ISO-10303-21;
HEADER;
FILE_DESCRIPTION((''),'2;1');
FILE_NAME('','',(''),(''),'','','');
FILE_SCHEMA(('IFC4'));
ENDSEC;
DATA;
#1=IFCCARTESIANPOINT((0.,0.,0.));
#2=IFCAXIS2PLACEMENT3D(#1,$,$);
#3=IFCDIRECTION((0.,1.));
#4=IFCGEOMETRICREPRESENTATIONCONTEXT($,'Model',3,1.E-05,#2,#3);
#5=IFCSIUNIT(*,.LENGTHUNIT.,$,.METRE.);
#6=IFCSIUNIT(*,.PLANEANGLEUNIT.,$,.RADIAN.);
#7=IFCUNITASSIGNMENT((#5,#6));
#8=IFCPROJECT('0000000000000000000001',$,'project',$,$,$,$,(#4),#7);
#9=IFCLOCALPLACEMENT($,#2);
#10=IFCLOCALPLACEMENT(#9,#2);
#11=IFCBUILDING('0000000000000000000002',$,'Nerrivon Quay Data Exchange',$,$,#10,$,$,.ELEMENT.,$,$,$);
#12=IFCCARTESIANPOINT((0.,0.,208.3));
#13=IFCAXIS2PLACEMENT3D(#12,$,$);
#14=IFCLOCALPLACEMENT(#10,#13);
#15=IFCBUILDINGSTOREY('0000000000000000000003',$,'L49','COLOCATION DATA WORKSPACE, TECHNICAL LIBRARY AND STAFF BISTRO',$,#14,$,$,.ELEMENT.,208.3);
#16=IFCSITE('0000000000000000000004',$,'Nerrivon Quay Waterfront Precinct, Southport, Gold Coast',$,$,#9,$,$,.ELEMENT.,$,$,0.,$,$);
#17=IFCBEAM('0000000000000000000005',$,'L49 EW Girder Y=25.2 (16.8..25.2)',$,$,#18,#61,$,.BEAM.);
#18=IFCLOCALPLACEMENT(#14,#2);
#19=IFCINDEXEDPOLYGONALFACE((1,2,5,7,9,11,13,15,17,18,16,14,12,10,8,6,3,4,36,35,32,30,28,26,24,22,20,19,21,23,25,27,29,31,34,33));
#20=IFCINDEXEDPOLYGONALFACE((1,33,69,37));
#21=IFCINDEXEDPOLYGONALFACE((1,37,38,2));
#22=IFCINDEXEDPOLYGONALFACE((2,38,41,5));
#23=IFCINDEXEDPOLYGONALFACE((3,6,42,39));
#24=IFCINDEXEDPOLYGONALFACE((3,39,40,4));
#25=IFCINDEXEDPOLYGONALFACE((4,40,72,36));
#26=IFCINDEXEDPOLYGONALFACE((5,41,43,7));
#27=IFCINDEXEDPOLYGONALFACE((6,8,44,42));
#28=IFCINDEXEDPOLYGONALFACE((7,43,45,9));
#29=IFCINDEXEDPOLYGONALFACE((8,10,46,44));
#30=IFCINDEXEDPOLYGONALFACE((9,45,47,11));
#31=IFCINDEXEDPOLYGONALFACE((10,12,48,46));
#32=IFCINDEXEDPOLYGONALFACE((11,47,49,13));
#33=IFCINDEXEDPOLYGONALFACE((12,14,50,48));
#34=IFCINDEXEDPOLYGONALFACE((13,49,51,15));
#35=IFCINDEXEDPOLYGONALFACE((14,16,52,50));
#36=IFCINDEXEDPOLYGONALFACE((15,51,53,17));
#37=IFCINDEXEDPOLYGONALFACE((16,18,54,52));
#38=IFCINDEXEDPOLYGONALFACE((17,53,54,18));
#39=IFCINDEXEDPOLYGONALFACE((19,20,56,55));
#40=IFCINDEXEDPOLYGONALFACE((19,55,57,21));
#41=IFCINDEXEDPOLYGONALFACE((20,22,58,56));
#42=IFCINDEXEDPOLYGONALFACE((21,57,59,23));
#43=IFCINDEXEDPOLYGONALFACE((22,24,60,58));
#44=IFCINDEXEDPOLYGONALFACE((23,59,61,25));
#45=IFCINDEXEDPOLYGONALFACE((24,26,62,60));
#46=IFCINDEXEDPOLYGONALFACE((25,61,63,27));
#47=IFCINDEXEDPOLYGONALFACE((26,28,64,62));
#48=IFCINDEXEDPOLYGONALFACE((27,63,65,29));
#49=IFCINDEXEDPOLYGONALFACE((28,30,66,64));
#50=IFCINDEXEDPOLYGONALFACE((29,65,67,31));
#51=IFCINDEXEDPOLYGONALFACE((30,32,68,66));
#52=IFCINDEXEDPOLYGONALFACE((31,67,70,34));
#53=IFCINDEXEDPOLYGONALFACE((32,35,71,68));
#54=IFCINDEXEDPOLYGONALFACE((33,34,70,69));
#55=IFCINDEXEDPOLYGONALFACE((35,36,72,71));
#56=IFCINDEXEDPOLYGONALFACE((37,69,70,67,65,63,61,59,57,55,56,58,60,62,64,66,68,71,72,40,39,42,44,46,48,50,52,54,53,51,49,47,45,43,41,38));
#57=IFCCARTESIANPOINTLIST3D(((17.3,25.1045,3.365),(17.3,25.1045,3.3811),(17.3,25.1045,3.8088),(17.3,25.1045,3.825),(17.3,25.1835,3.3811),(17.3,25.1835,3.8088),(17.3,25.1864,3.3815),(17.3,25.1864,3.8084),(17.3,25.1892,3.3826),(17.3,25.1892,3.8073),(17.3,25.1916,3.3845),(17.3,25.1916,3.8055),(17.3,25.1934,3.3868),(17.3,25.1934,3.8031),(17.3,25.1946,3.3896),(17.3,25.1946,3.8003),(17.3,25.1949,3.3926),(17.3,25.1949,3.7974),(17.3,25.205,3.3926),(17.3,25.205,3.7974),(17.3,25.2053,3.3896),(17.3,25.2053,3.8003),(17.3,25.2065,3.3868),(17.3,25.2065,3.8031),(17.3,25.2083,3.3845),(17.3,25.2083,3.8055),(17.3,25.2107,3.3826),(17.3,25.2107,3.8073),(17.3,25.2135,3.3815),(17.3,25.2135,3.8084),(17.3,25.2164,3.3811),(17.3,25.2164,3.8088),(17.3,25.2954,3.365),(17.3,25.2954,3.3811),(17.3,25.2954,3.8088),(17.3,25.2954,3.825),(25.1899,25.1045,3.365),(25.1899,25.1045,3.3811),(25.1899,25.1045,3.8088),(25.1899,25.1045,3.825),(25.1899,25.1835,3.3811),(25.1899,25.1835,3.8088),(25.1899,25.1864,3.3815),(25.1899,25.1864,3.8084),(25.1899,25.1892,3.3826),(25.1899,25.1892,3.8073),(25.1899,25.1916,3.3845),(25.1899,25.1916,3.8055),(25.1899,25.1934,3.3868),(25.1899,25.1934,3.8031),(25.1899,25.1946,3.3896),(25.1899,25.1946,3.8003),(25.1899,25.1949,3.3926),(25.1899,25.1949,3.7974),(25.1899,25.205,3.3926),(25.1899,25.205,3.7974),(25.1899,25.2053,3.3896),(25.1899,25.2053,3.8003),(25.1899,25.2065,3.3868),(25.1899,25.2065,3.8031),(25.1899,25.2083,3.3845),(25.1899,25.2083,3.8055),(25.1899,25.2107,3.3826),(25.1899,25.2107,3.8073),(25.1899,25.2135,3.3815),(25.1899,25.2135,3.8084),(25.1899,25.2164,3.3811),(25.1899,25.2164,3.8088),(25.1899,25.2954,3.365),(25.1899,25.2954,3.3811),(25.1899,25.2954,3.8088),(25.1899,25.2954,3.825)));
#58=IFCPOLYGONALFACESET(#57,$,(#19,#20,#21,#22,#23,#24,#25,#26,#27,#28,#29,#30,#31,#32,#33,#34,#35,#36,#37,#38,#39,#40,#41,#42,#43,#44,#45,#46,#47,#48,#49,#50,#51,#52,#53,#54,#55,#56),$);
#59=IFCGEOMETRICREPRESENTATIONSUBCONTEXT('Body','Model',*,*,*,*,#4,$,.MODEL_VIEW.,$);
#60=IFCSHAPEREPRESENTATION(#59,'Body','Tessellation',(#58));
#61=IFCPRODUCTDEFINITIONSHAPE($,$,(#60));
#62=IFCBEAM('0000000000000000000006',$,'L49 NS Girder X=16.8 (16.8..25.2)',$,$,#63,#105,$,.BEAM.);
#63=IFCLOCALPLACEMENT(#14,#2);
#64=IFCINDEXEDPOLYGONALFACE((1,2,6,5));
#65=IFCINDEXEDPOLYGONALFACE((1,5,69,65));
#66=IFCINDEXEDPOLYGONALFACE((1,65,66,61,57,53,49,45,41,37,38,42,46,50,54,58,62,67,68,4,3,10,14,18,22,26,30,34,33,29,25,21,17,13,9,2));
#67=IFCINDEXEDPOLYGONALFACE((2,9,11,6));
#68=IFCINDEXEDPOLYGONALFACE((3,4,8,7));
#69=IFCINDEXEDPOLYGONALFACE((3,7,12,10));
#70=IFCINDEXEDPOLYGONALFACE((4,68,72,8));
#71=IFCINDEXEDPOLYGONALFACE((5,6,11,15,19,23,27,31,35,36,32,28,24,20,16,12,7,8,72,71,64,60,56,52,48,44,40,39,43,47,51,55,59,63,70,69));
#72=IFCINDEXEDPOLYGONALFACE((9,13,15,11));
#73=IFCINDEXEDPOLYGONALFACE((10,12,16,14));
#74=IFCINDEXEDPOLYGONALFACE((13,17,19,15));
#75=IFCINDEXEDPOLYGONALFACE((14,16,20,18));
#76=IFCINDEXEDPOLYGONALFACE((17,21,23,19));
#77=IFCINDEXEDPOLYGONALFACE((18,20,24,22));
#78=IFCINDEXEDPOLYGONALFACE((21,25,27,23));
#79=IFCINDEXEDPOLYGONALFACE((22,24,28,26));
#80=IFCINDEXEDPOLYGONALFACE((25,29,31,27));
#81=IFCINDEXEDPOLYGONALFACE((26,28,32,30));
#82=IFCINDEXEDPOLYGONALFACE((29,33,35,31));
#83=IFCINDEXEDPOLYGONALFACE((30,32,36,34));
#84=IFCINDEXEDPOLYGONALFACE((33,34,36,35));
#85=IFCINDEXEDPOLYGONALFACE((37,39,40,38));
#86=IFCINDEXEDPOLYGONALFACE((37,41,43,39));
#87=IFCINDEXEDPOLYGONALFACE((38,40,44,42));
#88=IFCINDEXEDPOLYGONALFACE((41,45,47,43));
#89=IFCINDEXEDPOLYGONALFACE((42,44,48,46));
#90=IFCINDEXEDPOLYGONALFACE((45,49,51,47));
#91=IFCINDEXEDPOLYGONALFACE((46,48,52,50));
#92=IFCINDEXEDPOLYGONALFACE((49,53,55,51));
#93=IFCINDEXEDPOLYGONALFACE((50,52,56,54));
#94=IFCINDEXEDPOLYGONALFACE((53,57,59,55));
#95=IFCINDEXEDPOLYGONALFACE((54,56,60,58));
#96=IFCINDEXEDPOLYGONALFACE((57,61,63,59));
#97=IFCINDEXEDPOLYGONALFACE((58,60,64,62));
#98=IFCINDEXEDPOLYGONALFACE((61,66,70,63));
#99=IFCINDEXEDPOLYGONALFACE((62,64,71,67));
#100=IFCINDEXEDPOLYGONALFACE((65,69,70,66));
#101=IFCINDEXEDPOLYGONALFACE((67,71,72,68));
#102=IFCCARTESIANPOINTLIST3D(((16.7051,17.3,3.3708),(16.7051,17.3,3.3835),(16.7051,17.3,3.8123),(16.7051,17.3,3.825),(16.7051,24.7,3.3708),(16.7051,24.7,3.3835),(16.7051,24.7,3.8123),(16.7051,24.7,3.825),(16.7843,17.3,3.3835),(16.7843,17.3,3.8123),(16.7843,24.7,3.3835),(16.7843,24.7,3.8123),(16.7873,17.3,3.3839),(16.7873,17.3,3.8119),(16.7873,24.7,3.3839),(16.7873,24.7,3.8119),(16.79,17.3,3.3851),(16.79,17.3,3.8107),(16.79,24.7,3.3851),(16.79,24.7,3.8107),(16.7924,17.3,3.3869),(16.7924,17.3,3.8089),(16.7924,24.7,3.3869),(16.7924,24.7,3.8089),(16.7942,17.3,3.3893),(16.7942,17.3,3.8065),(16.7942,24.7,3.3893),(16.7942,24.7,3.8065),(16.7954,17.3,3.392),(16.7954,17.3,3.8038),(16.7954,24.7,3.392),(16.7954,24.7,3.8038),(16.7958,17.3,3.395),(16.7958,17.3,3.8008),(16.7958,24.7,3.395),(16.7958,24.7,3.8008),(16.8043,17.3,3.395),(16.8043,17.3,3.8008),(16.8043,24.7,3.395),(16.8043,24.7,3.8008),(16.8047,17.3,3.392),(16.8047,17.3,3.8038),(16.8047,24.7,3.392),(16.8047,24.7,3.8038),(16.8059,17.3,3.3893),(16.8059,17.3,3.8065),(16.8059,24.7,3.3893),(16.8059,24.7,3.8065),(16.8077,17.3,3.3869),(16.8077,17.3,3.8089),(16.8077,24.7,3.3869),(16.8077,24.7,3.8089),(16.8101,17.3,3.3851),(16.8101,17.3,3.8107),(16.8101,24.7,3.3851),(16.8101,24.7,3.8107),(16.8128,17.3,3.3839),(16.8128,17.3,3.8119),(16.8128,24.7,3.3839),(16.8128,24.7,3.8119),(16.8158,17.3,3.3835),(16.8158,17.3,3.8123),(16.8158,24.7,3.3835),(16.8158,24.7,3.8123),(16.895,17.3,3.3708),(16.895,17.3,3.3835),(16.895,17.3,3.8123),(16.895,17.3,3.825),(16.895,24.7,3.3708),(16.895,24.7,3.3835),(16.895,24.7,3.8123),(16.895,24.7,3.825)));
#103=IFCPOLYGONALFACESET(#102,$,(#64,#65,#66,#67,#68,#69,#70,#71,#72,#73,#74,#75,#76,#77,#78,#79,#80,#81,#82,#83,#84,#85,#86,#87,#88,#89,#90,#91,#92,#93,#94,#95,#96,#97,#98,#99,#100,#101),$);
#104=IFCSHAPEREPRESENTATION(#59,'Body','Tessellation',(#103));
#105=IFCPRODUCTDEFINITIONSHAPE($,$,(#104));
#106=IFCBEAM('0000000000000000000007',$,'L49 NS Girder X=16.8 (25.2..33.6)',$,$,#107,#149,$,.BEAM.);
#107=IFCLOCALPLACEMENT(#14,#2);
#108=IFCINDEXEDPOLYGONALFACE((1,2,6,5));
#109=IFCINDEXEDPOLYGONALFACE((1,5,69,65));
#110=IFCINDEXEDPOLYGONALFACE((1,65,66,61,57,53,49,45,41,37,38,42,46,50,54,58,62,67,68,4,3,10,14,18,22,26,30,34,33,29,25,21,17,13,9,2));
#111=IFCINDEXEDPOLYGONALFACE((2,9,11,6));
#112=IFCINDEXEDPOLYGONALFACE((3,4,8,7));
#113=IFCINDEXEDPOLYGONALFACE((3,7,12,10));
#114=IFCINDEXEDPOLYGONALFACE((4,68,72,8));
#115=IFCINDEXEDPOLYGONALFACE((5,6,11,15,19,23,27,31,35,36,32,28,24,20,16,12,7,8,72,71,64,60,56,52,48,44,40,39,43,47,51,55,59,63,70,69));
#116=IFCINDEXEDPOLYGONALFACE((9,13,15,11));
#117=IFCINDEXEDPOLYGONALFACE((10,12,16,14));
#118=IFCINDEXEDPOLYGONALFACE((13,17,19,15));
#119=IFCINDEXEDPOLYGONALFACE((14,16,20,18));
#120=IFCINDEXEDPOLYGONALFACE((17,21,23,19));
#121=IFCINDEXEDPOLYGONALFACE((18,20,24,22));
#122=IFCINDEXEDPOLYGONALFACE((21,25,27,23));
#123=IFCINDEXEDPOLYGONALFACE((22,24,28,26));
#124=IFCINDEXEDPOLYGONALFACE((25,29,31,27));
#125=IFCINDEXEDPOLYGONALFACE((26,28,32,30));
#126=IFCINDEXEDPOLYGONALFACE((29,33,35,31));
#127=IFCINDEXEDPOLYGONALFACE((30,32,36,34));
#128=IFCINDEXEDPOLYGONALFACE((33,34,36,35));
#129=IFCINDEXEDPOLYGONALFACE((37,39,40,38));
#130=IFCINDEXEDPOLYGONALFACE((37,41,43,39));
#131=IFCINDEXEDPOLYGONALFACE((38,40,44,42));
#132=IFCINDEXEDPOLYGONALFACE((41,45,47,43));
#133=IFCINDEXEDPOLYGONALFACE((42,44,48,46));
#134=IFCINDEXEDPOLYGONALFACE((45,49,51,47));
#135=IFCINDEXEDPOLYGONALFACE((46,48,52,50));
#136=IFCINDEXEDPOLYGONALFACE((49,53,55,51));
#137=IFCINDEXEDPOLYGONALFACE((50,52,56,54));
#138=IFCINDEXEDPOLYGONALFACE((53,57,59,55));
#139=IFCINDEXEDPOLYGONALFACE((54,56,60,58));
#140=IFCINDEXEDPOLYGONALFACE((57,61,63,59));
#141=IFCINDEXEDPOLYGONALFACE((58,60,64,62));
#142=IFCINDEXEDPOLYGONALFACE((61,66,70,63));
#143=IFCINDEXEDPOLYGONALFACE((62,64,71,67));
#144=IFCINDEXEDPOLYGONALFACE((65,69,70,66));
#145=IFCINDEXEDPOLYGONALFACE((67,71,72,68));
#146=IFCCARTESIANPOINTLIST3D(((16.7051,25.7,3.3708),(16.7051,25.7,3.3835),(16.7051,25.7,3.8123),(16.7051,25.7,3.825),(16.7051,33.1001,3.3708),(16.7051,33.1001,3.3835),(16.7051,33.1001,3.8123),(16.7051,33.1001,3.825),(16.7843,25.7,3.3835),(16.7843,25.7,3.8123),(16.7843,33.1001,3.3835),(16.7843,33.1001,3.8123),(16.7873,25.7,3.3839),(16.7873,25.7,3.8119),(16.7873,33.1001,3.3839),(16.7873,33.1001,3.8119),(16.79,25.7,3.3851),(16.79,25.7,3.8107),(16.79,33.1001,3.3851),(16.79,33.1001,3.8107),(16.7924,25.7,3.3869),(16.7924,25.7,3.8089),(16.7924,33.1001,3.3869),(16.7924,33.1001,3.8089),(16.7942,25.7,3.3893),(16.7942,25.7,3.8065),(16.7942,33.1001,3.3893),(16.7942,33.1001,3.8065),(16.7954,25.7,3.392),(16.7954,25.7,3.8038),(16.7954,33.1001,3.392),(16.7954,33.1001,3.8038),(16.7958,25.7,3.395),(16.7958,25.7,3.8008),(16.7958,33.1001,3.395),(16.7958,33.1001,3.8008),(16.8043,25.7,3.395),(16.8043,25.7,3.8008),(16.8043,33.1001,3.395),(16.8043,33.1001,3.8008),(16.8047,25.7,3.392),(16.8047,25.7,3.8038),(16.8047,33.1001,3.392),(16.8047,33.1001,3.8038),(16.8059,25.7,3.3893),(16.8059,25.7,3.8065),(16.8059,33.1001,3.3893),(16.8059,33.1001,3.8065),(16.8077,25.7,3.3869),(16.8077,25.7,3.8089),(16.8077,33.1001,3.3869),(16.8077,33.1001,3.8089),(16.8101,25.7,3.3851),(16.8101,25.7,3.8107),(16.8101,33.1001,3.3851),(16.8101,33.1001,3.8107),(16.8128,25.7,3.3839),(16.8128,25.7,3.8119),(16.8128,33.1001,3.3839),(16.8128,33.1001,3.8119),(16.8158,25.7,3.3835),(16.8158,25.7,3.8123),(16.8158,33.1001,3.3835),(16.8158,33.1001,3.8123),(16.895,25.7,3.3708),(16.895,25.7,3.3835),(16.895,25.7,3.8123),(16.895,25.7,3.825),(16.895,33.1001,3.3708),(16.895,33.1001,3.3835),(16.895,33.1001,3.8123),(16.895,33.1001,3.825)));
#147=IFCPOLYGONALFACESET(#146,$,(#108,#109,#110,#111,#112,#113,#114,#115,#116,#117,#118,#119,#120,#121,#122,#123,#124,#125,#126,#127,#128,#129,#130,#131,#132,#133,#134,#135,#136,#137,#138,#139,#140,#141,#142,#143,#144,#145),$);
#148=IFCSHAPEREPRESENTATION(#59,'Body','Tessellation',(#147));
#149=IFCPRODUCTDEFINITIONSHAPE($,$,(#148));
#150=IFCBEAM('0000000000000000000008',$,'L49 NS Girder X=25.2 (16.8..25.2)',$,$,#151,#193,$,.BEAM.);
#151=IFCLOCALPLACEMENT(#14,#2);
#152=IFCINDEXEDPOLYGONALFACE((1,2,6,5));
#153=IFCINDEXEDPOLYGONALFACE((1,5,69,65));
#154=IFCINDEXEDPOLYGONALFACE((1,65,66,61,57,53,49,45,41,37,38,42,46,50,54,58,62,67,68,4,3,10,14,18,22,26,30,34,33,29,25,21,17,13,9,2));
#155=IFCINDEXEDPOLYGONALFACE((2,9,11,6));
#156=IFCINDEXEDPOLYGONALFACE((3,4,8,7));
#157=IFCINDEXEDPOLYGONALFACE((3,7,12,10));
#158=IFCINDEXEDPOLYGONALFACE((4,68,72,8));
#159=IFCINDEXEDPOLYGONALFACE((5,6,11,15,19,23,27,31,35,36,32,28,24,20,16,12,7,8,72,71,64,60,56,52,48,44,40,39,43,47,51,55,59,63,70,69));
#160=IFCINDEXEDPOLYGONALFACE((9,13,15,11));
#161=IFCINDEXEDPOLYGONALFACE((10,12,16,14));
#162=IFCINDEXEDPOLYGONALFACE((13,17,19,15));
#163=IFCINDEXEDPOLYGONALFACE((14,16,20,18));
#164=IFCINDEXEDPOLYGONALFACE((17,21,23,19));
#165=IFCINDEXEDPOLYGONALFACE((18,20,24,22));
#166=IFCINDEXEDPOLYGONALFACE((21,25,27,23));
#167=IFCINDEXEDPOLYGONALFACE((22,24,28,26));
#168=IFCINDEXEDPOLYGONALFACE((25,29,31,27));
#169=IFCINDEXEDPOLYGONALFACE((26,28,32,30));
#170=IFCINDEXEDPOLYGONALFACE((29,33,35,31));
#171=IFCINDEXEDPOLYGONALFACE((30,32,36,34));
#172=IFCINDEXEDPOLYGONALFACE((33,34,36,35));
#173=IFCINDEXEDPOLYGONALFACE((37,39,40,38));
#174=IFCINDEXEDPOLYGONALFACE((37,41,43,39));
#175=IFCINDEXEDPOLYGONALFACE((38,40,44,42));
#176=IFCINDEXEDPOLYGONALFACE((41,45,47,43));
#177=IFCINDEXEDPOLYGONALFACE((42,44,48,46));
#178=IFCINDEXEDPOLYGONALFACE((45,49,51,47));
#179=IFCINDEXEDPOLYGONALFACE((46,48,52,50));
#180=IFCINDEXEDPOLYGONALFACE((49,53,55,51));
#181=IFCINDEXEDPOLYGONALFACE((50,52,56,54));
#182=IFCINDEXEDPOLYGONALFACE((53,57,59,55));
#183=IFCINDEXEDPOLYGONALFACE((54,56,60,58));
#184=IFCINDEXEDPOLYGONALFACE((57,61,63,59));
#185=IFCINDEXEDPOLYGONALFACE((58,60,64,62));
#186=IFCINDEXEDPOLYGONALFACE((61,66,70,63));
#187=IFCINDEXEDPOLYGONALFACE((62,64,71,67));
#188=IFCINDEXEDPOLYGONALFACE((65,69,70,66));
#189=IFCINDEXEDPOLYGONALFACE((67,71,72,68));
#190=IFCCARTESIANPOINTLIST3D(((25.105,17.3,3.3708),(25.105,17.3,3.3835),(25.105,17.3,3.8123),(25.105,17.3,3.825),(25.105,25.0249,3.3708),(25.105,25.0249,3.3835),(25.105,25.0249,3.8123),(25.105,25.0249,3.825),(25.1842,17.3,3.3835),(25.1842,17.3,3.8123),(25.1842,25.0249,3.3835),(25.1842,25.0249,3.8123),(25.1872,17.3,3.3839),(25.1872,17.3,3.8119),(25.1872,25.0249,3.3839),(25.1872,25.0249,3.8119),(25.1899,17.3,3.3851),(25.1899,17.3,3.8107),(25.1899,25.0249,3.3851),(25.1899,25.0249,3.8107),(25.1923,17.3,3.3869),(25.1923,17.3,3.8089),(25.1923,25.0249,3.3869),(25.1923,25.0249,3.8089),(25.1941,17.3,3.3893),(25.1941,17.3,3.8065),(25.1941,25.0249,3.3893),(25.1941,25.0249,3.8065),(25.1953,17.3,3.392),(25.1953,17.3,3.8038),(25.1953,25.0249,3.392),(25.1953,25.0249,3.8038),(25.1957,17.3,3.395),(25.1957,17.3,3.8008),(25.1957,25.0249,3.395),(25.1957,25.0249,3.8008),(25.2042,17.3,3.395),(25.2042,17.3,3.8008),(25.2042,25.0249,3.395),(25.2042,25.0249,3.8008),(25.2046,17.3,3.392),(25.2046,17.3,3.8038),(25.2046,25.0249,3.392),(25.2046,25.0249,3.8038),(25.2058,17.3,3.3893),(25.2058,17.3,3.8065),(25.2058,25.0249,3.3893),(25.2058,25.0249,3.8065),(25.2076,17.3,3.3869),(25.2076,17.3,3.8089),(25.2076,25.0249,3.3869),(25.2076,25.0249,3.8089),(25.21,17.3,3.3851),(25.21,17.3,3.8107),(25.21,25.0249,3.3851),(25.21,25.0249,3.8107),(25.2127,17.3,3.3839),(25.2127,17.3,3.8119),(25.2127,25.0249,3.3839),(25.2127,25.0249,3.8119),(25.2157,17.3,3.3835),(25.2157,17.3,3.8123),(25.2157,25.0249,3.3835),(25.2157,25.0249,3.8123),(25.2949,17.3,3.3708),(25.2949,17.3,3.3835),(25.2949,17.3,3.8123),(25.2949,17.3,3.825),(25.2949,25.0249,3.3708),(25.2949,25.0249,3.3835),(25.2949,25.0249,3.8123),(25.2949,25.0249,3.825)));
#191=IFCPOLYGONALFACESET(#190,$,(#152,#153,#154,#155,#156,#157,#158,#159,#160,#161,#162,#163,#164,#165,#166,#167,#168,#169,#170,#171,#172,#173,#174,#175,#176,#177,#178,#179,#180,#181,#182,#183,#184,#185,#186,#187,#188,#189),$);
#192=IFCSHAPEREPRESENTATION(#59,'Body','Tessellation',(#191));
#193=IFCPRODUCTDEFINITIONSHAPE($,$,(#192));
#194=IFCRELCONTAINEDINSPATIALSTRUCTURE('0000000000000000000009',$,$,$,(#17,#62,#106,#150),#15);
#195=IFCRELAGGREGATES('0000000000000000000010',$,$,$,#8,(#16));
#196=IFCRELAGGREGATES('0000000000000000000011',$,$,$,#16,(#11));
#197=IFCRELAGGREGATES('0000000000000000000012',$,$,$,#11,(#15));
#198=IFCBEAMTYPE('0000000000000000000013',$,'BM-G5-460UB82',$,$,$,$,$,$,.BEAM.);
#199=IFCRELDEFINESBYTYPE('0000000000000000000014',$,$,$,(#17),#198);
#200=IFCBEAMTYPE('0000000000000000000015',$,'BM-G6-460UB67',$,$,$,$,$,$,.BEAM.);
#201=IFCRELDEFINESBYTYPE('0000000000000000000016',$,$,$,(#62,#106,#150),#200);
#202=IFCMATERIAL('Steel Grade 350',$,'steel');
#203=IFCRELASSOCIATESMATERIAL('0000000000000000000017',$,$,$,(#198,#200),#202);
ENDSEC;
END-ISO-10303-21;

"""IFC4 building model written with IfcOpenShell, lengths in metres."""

from ifc_helpers import new_model, si_unit, direction, frame, origin, origin_2d, place, context, subcontext, project, spatial, i_section, extrude, material, material_profile, profile_set, type_object, element, save


model = new_model("IFC4")

# Units and contexts
model_context = context("Model", 3, precision=1e-05, world=origin(), true_north=direction((0.0, 1.0)))
body_context = subcontext(model_context, "Body", "Model", "MODEL_VIEW")
ifc_project = project(units=[si_unit("LENGTHUNIT", "METRE"), si_unit("PLANEANGLEUNIT", "RADIAN")], contexts=[model_context])

# Site, building, storey
site_placement = place(None, origin())
site = spatial("IfcSite", under=ifc_project, at=site_placement, Name="Nerrivon Quay Waterfront Precinct, Southport, Gold Coast", CompositionType="ELEMENT", RefElevation=0.0)
building_placement = place(site_placement, origin())
building = spatial("IfcBuilding", under=site, at=building_placement, Name="Nerrivon Quay Data Exchange", CompositionType="ELEMENT")
storey_placement = place(building_placement, frame((0.0, 0.0, 208.3)))
storey = spatial("IfcBuildingStorey", under=building, at=storey_placement, Name="L49", Description="COLOCATION DATA WORKSPACE, TECHNICAL LIBRARY AND STAFF BISTRO", CompositionType="ELEMENT", Elevation=208.3)

# Shared definitions
ifc_material_1 = material(Name="Steel Grade 350", Category="steel")

# Beams
ifc_material_profile_1 = material_profile(ifc_material_1, i_section(OverallWidth=0.1909, OverallDepth=0.46, WebThickness=0.01, FlangeThickness=0.0161, FilletRadius=0.0115, at=origin_2d()), Name="460UB82.1")
ifc_profile_set_1 = profile_set([ifc_material_profile_1], Name="Steel Grade 350")
beam_type_1 = type_object("IfcBeamType", Name="BM-G5-460UB82", PredefinedType="BEAM", material=ifc_profile_set_1)
beam_1_placement = place(storey_placement, frame((17.3, 25.2, 3.595), z_axis=(1.0, 0.0, 0.0), x_axis=(0.0, 1.0, 0.0)))
element("IfcBeam", 1, at=beam_1_placement, inside=storey, type_object=beam_type_1, Name="L49 EW Girder Y=25.2 (16.8..25.2)", PredefinedType="BEAM", context=body_context, shape_type="SweptSolid", body=[
    extrude(i_section(OverallWidth=0.1909, OverallDepth=0.46, WebThickness=0.01, FlangeThickness=0.0161, FilletRadius=0.0115, at=origin_2d()), origin(), (0.0, 0.0, 1.0), 7.8899),
])
ifc_material_profile_2 = material_profile(ifc_material_1, i_section(OverallWidth=0.1899, OverallDepth=0.4541, WebThickness=0.0085, FlangeThickness=0.0127, FilletRadius=0.0115, at=origin_2d()), Name="460UB67.1")
ifc_profile_set_2 = profile_set([ifc_material_profile_2], Name="Steel Grade 350")
beam_type_2 = type_object("IfcBeamType", Name="BM-G6-460UB67", PredefinedType="BEAM", material=ifc_profile_set_2)
beam_2_placement = place(storey_placement, frame((16.8, 17.3, 3.5979), z_axis=(0.0, 1.0, 0.0), x_axis=(-1.0, 0.0, 0.0)))
element("IfcBeam", 2, at=beam_2_placement, inside=storey, type_object=beam_type_2, Name="L49 NS Girder X=16.8 (16.8..25.2)", PredefinedType="BEAM", context=body_context, shape_type="SweptSolid", body=[
    extrude(i_section(OverallWidth=0.1899, OverallDepth=0.4541, WebThickness=0.0085, FlangeThickness=0.0127, FilletRadius=0.0115, at=origin_2d()), origin(), (0.0, 0.0, 1.0), 7.3999),
])
beam_3_placement = place(storey_placement, frame((16.8, 25.7, 3.5979), z_axis=(0.0, 1.0, 0.0), x_axis=(-1.0, 0.0, 0.0)))
element("IfcBeam", 3, at=beam_3_placement, inside=storey, type_object=beam_type_2, Name="L49 NS Girder X=16.8 (25.2..33.6)", PredefinedType="BEAM", context=body_context, shape_type="SweptSolid", body=[
    extrude(i_section(OverallWidth=0.1899, OverallDepth=0.4541, WebThickness=0.0085, FlangeThickness=0.0127, FilletRadius=0.0115, at=origin_2d()), origin(), (0.0, 0.0, 1.0), 7.4001),
])
beam_4_placement = place(storey_placement, frame((25.2, 17.3, 3.5979), z_axis=(0.0, 1.0, 0.0), x_axis=(-1.0, 0.0, 0.0)))
element("IfcBeam", 4, at=beam_4_placement, inside=storey, type_object=beam_type_2, Name="L49 NS Girder X=25.2 (16.8..25.2)", PredefinedType="BEAM", context=body_context, shape_type="SweptSolid", body=[
    extrude(i_section(OverallWidth=0.1899, OverallDepth=0.4541, WebThickness=0.0085, FlangeThickness=0.0127, FilletRadius=0.0115, at=origin_2d()), origin(), (0.0, 0.0, 1.0), 7.7249),
])

save(model, "model.ifc")
